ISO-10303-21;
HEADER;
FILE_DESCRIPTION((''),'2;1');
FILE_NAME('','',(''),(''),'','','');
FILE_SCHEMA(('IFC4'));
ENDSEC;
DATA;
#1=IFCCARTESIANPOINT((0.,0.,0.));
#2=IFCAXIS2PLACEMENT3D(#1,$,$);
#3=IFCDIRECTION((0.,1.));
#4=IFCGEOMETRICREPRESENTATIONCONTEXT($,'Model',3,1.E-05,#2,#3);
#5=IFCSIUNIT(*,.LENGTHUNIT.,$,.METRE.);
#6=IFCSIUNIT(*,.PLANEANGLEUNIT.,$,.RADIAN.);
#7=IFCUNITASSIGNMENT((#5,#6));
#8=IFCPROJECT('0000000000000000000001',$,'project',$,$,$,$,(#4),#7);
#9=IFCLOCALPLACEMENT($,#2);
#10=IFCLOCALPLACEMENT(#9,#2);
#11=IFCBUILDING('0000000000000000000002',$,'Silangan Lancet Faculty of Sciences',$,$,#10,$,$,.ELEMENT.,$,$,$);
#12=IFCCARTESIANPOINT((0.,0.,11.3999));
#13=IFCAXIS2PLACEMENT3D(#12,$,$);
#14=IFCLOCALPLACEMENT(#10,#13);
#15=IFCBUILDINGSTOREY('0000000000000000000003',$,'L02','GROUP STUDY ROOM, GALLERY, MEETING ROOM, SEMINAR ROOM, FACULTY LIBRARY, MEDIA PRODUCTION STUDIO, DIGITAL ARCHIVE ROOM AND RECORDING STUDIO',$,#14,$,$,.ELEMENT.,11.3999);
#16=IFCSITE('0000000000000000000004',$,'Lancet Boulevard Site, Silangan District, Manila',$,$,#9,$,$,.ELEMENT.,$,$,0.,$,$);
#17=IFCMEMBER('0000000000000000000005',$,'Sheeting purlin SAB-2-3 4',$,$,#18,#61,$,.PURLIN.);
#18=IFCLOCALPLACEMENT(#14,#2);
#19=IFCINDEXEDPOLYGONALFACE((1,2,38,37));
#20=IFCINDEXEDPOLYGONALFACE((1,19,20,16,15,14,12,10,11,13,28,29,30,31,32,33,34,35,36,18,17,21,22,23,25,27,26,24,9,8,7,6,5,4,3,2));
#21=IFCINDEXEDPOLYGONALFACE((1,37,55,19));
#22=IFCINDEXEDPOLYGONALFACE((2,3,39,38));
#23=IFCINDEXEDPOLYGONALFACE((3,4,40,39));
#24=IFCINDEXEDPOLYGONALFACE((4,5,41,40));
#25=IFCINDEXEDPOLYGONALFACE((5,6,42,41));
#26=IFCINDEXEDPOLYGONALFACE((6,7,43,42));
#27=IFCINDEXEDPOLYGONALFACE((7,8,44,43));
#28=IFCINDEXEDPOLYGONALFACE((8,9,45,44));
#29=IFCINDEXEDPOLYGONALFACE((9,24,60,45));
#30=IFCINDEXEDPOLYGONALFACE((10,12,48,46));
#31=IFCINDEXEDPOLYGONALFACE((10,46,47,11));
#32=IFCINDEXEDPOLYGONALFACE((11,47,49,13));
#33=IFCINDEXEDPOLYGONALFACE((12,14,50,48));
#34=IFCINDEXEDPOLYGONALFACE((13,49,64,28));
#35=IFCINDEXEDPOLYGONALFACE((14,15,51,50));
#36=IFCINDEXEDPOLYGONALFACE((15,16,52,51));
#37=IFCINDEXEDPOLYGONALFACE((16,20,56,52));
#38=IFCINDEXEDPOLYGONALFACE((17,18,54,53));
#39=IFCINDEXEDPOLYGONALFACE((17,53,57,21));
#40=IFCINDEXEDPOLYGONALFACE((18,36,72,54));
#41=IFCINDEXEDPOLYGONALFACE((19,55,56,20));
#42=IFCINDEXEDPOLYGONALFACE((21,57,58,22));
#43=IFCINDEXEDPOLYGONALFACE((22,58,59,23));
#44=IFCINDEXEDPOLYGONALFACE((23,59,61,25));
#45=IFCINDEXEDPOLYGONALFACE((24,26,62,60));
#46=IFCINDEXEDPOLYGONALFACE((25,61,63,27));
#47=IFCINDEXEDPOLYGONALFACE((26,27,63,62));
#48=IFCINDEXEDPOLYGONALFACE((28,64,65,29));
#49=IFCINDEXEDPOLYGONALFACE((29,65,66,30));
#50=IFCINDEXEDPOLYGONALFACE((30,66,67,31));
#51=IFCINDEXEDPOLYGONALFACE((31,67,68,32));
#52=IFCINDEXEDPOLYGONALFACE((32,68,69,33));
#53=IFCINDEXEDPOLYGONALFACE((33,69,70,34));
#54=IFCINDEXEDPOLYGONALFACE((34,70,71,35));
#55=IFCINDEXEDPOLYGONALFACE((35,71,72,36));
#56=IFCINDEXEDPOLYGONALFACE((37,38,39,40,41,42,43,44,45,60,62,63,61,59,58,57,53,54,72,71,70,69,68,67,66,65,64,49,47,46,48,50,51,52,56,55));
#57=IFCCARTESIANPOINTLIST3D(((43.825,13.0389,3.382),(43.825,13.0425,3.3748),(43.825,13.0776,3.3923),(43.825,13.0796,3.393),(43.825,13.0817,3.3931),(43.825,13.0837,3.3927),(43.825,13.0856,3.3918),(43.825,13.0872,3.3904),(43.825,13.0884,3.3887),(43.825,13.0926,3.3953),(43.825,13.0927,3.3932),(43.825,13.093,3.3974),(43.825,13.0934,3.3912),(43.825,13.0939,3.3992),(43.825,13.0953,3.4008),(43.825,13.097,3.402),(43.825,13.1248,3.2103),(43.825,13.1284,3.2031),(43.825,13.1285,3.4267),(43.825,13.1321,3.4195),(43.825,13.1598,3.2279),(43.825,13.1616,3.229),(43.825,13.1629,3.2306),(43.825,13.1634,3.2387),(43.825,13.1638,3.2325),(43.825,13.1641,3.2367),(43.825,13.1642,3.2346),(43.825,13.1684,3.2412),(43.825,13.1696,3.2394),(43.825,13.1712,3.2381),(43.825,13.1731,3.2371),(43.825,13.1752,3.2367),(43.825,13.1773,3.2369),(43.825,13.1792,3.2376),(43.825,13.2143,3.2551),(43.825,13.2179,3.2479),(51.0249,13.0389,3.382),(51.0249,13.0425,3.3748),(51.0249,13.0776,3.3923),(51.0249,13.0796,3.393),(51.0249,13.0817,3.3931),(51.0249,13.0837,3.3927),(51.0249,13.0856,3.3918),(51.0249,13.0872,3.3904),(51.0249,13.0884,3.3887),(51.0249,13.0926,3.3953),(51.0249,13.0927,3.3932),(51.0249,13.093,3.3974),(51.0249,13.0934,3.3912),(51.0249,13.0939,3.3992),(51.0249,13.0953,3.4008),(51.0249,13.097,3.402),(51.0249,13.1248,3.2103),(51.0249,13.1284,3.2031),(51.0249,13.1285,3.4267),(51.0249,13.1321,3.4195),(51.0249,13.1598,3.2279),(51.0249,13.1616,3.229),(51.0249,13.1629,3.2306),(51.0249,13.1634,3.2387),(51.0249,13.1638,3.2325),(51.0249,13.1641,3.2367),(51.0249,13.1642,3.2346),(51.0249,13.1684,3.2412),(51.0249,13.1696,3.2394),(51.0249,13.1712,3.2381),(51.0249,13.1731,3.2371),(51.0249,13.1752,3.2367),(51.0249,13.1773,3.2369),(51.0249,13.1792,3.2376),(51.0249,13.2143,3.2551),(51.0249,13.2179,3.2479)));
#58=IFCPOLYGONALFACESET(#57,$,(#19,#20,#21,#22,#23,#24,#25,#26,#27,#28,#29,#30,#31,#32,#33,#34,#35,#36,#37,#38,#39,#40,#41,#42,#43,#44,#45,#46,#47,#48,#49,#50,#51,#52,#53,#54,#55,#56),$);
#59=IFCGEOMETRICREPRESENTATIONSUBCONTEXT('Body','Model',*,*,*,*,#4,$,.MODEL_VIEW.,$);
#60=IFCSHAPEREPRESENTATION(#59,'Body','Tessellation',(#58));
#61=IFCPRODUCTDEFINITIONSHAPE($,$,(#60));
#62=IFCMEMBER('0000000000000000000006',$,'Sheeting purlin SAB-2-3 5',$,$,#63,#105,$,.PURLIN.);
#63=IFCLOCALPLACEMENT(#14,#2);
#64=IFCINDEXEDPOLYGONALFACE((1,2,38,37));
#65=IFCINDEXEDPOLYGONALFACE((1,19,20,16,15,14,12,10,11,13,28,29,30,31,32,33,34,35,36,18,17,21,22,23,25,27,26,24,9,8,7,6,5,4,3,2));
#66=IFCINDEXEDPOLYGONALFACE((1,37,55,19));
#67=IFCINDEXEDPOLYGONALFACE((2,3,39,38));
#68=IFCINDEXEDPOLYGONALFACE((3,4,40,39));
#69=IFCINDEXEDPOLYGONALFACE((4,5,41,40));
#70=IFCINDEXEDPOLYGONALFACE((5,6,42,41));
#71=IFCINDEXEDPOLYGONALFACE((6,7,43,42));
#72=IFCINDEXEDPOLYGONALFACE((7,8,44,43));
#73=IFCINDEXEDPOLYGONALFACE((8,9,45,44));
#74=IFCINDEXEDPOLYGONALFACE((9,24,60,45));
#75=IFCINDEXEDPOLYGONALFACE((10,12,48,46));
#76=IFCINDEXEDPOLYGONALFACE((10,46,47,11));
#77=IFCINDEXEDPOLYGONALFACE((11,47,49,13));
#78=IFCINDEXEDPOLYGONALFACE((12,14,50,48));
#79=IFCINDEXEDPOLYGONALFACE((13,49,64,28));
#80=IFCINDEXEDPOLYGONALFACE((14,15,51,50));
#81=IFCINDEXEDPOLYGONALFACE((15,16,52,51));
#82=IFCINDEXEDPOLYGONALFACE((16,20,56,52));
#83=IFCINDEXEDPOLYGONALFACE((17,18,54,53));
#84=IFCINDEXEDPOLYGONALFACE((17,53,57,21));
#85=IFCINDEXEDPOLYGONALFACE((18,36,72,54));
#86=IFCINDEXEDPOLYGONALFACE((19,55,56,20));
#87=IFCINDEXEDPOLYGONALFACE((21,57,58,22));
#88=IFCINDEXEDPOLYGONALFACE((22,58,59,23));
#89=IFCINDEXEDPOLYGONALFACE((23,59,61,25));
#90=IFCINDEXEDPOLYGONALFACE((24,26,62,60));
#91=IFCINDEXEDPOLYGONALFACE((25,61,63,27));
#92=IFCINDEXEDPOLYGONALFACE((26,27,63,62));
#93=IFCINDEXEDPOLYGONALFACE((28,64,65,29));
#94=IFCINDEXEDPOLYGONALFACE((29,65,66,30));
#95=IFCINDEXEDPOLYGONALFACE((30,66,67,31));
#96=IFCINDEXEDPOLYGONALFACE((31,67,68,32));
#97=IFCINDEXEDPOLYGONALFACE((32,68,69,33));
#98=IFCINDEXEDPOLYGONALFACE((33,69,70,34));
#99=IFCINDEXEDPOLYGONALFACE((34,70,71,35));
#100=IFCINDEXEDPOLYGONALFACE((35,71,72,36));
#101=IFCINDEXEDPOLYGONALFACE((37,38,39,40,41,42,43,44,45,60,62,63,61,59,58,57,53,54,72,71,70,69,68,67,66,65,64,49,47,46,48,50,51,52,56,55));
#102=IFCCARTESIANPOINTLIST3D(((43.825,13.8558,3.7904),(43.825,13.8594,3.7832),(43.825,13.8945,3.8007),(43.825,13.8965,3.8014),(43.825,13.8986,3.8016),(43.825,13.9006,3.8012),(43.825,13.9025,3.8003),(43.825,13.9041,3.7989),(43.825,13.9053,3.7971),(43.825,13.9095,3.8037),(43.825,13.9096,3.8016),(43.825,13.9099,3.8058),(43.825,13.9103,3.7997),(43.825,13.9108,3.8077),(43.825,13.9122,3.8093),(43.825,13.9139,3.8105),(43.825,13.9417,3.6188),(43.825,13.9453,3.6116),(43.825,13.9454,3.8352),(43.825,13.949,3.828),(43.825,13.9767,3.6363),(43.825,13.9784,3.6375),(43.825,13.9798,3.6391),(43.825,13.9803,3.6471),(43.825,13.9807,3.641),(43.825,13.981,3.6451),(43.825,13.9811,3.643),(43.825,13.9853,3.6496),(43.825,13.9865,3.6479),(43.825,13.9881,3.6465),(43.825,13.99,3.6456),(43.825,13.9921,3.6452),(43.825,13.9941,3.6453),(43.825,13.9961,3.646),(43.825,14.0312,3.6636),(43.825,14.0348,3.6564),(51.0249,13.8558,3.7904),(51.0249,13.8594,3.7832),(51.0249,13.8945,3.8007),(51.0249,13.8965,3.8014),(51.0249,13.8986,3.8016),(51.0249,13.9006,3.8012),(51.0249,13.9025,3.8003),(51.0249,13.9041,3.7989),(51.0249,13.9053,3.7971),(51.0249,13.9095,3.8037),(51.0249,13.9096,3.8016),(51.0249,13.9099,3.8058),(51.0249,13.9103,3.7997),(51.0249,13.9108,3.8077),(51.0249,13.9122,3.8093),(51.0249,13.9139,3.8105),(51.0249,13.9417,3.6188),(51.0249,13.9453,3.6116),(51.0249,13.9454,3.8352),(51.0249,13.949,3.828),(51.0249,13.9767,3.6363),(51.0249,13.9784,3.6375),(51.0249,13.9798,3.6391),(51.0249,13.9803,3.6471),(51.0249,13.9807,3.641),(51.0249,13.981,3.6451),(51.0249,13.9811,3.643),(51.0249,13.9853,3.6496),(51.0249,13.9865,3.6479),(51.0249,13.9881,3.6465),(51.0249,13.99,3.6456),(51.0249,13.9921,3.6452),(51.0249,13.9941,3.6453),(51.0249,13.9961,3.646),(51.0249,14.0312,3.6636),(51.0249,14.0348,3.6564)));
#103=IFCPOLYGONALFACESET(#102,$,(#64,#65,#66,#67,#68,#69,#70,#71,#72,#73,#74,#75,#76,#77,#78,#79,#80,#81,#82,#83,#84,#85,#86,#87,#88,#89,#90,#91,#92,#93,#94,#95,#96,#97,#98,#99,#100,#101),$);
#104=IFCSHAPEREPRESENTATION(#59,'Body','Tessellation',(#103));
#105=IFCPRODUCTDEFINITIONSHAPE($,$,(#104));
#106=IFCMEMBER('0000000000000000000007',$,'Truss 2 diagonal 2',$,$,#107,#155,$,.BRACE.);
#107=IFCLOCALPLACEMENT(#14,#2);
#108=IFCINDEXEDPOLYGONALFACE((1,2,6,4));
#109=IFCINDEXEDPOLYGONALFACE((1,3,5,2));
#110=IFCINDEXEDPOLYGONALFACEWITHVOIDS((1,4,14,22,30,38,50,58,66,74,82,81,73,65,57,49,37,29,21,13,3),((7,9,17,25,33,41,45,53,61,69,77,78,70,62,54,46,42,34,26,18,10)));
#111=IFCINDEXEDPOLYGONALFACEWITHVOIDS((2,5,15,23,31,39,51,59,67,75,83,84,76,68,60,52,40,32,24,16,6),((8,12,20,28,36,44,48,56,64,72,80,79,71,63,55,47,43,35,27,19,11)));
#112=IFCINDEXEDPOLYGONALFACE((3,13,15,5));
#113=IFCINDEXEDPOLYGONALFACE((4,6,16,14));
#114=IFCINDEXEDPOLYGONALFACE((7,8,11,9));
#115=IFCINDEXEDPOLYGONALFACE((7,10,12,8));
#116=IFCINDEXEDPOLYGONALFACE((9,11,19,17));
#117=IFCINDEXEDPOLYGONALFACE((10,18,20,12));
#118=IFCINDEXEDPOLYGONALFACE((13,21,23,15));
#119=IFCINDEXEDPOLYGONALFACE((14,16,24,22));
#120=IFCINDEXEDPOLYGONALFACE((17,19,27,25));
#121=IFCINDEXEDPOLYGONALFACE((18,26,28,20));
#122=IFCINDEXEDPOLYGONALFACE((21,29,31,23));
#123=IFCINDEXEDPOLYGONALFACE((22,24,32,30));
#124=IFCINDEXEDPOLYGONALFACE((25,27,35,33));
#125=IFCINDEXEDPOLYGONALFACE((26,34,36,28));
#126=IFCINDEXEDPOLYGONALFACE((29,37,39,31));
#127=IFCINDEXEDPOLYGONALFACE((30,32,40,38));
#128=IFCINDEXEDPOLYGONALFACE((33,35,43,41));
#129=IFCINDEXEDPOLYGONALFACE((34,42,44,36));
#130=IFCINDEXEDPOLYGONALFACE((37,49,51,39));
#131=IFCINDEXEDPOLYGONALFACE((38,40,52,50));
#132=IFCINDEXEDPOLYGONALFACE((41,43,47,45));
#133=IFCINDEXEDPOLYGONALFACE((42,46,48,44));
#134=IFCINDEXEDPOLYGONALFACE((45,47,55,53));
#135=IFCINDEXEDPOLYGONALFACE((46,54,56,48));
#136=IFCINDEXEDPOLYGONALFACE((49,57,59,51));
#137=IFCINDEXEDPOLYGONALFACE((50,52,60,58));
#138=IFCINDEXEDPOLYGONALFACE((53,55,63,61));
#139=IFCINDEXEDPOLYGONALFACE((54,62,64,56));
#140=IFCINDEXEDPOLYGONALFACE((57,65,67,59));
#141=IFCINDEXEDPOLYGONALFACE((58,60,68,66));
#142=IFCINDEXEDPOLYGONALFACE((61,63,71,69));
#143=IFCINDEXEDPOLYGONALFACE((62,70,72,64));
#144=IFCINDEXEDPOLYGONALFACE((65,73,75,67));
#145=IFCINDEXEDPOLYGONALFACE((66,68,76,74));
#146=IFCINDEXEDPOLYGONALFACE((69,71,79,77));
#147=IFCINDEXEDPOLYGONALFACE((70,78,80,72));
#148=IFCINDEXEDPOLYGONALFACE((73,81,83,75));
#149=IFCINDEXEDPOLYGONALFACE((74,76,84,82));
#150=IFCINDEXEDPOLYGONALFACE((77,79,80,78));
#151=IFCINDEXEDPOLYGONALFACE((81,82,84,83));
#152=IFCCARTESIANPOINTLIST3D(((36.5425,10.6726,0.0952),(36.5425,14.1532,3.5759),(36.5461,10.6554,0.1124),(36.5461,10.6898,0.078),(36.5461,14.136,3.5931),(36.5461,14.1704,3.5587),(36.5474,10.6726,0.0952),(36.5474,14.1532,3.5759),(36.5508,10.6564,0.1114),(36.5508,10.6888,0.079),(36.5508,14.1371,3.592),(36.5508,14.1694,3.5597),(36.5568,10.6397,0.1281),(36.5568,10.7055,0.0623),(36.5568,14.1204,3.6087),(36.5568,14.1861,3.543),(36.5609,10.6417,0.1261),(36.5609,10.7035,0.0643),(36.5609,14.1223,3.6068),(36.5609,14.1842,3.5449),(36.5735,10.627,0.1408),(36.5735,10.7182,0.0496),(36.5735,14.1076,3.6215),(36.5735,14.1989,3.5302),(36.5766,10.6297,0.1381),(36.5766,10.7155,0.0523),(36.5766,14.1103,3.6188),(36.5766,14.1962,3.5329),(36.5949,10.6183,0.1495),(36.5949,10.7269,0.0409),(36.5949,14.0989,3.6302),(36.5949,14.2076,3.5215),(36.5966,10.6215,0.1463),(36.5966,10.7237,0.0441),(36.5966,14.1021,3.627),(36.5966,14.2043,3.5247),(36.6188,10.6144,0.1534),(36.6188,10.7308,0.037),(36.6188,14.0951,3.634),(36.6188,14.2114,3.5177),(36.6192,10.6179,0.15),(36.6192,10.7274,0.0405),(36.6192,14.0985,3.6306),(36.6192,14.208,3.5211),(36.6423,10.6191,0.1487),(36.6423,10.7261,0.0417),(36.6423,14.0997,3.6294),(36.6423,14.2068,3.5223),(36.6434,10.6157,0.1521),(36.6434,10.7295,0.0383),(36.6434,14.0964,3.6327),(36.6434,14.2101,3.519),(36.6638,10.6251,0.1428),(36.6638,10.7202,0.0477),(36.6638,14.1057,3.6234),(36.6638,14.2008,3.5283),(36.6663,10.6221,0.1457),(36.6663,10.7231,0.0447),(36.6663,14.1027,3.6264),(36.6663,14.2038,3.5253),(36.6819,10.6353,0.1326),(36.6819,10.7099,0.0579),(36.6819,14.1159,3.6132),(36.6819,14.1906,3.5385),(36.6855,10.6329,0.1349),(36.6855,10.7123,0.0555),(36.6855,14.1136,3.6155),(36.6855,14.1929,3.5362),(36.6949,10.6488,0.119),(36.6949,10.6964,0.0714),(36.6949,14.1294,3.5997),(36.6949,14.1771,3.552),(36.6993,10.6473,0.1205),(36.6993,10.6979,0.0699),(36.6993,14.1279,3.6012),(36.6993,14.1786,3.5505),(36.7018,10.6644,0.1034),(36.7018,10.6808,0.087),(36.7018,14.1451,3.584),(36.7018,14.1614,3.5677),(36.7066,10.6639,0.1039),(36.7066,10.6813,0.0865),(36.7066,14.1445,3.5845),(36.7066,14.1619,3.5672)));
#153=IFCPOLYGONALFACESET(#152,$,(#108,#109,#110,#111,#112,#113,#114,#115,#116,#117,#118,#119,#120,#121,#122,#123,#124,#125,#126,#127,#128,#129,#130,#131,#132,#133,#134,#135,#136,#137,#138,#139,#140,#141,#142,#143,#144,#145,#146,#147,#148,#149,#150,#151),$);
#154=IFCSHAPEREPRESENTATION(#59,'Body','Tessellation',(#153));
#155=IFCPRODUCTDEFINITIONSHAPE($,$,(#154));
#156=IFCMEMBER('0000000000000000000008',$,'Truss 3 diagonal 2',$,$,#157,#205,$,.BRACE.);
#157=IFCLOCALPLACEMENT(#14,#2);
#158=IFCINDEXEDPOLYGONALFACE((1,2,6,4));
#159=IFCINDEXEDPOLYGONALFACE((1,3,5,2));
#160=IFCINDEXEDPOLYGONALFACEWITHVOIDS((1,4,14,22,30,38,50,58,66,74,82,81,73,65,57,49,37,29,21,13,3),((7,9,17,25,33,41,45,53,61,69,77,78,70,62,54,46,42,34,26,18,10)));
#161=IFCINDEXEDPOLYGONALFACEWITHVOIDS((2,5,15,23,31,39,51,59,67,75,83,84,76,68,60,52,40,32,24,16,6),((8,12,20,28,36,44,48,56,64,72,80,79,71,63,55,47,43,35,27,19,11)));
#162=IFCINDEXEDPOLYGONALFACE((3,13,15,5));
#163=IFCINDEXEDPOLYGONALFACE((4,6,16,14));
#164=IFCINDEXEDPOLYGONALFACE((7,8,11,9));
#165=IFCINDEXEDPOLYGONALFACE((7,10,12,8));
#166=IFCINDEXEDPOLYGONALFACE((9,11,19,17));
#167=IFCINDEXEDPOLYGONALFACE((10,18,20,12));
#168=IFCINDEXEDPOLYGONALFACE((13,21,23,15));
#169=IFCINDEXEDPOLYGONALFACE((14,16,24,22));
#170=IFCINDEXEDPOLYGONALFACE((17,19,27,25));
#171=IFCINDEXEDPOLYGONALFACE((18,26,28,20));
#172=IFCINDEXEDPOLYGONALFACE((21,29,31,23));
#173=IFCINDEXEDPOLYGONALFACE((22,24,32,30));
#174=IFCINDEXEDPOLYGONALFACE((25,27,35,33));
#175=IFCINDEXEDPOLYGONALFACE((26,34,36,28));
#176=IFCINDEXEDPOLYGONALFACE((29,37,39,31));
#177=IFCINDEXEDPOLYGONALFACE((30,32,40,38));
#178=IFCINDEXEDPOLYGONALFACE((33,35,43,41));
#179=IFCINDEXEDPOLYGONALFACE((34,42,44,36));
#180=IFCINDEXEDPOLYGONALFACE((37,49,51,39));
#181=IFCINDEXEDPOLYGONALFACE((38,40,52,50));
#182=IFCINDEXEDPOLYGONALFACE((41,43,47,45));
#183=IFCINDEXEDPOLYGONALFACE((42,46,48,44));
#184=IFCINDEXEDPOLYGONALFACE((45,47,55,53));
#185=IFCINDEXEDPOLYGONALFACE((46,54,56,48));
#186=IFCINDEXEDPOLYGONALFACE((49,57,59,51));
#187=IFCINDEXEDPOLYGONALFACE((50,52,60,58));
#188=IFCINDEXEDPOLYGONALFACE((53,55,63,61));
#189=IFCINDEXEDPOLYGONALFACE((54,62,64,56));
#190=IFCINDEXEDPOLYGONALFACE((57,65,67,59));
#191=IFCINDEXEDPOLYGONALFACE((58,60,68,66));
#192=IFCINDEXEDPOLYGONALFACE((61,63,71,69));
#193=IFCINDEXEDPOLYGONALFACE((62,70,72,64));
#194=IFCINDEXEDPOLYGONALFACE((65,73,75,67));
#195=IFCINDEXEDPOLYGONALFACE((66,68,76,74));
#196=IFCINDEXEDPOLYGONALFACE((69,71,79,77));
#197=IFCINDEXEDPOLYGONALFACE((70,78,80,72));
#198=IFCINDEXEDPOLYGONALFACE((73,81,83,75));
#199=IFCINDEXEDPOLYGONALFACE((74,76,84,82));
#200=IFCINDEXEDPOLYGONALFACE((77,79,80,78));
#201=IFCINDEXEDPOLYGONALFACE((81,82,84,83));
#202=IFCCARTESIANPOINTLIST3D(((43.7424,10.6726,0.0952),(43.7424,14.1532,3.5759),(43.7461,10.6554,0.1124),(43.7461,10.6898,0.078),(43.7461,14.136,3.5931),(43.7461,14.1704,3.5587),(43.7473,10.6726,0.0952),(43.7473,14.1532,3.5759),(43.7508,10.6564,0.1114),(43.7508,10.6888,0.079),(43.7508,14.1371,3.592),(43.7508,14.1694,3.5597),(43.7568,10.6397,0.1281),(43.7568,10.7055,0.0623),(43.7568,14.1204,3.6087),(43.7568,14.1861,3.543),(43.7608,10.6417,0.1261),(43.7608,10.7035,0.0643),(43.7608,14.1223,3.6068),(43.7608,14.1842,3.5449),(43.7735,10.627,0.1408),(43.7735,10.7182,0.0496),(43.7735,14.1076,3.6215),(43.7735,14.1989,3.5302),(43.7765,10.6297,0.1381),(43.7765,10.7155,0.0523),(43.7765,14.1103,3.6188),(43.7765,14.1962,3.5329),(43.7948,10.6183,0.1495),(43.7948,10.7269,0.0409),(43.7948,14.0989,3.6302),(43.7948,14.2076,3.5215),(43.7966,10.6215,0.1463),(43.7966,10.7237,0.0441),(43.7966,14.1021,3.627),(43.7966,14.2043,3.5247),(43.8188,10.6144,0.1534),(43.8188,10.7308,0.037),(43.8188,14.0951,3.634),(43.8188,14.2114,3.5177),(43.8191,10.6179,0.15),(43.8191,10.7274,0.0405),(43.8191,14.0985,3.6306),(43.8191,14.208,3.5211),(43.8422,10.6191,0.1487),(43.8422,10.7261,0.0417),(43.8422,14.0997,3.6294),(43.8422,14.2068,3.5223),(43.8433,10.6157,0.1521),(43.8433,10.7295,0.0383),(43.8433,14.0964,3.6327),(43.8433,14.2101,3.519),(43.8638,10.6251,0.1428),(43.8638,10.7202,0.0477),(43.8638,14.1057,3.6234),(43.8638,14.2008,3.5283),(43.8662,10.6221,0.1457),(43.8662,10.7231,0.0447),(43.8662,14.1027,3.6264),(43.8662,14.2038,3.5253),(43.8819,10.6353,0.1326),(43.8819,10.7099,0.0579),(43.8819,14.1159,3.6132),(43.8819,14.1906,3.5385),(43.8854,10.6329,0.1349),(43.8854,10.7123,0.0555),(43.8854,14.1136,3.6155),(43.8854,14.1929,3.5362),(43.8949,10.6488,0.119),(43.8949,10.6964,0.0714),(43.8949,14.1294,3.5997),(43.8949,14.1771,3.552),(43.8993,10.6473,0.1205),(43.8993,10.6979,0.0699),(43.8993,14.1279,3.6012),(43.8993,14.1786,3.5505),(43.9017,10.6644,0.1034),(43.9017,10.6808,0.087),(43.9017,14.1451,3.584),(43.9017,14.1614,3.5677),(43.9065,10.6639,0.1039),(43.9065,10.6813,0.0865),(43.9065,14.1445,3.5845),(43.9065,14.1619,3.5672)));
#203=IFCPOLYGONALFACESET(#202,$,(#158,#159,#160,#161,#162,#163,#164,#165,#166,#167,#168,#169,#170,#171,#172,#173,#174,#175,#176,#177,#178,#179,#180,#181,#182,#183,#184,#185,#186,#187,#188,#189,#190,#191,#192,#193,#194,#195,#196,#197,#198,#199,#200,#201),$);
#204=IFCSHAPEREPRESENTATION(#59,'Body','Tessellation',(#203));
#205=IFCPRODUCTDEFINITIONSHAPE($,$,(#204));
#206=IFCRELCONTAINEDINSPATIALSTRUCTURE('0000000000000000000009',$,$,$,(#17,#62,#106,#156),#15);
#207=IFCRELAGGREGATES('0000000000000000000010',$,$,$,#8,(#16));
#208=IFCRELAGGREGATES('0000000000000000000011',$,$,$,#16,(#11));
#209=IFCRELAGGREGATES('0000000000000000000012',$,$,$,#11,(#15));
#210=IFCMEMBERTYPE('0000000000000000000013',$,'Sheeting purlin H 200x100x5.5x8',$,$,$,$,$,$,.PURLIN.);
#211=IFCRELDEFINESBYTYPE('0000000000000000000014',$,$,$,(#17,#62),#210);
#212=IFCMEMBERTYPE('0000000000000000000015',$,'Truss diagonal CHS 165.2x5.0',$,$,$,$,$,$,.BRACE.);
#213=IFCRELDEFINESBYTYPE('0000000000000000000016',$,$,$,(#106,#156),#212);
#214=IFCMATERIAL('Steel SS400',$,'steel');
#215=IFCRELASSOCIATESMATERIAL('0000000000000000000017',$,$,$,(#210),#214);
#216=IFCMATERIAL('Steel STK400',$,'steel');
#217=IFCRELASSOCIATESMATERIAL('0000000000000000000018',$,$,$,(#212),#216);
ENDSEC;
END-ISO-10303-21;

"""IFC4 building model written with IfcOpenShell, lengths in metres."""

from ifc_helpers import new_model, si_unit, direction, frame, origin, origin_2d, place, context, subcontext, project, spatial, hollow_circle, i_section, extrude, material, material_profile, profile_set, type_object, element, save


model = new_model("IFC4")

# Units and contexts
model_context = context("Model", 3, precision=1e-05, world=origin(), true_north=direction((0.0, 1.0)))
body_context = subcontext(model_context, "Body", "Model", "MODEL_VIEW")
ifc_project = project(units=[si_unit("LENGTHUNIT", "METRE"), si_unit("PLANEANGLEUNIT", "RADIAN")], contexts=[model_context])

# Site, building, storey
site_placement = place(None, origin())
site = spatial("IfcSite", under=ifc_project, at=site_placement, Name="Lancet Boulevard Site, Silangan District, Manila", CompositionType="ELEMENT", RefElevation=0.0)
building_placement = place(site_placement, origin())
building = spatial("IfcBuilding", under=site, at=building_placement, Name="Silangan Lancet Faculty of Sciences", CompositionType="ELEMENT")
storey_placement = place(building_placement, frame((0.0, 0.0, 11.3999)))
storey = spatial("IfcBuildingStorey", under=building, at=storey_placement, Name="L02", Description="GROUP STUDY ROOM, GALLERY, MEETING ROOM, SEMINAR ROOM, FACULTY LIBRARY, MEDIA PRODUCTION STUDIO, DIGITAL ARCHIVE ROOM AND RECORDING STUDIO", CompositionType="ELEMENT", Elevation=11.3999)

# Members
ifc_material_1 = material(Name="Steel SS400", Category="steel")
ifc_material_profile_1 = material_profile(ifc_material_1, i_section(OverallWidth=0.1001, OverallDepth=0.2, WebThickness=0.0056, FlangeThickness=0.0081, FilletRadius=0.0081, at=origin_2d()), Name="H 200x100x5.5x8")
ifc_profile_set_1 = profile_set([ifc_material_profile_1], Name="Steel SS400")
member_type_1 = type_object("IfcMemberType", Name="Sheeting purlin H 200x100x5.5x8", PredefinedType="PURLIN", material=ifc_profile_set_1)
for number, where, z_axis, x_axis, name in (
    (1, (43.825, 13.1284, 3.3149), (1.0, 0.0, 0.0), (0.0, 0.894427, 0.447214), "Sheeting purlin SAB-2-3 4"),
    (2, (43.825, 13.9453, 3.7234), (1.0, 0.0, 0.0), (0.0, 0.894427, 0.447214), "Sheeting purlin SAB-2-3 5"),
):
    element("IfcMember", number, at=place(storey_placement, frame(where, z_axis=z_axis, x_axis=x_axis)), inside=storey, type_object=member_type_1, Name=name, PredefinedType="PURLIN", context=body_context, shape_type="SweptSolid", body=[
        extrude(i_section(OverallWidth=0.1001, OverallDepth=0.2, WebThickness=0.0056, FlangeThickness=0.0081, FilletRadius=0.0081, at=origin_2d()), origin(), (0.0, 0.0, 1.0), 7.2),
    ])
ifc_material_2 = material(Name="Steel STK400", Category="steel")
ifc_material_profile_2 = material_profile(ifc_material_2, hollow_circle(Radius=0.0825, WallThickness=0.0049, at=origin_2d()), Name="CHS 165.2x5.0")
ifc_profile_set_2 = profile_set([ifc_material_profile_2], Name="Steel STK400")
member_type_2 = type_object("IfcMemberType", Name="Truss diagonal CHS 165.2x5.0", PredefinedType="BRACE", material=ifc_profile_set_2)
for number, where, z_axis, x_axis, name in (
    (3, (36.625, 10.6726, 0.0952), (0.0, 0.707107, 0.707107), (-1.0, 0.0, 0.0), "Truss 2 diagonal 2"),
    (4, (43.825, 10.6726, 0.0952), (0.0, 0.707107, 0.707107), (-1.0, 0.0, 0.0), "Truss 3 diagonal 2"),
):
    element("IfcMember", number, at=place(storey_placement, frame(where, z_axis=z_axis, x_axis=x_axis)), inside=storey, type_object=member_type_2, Name=name, PredefinedType="BRACE", context=body_context, shape_type="SweptSolid", body=[
        extrude(hollow_circle(Radius=0.0825, WallThickness=0.0049, at=origin_2d()), origin(), (0.0, 0.0, 1.0), 4.9224),
    ])

save(model, "model.ifc")
